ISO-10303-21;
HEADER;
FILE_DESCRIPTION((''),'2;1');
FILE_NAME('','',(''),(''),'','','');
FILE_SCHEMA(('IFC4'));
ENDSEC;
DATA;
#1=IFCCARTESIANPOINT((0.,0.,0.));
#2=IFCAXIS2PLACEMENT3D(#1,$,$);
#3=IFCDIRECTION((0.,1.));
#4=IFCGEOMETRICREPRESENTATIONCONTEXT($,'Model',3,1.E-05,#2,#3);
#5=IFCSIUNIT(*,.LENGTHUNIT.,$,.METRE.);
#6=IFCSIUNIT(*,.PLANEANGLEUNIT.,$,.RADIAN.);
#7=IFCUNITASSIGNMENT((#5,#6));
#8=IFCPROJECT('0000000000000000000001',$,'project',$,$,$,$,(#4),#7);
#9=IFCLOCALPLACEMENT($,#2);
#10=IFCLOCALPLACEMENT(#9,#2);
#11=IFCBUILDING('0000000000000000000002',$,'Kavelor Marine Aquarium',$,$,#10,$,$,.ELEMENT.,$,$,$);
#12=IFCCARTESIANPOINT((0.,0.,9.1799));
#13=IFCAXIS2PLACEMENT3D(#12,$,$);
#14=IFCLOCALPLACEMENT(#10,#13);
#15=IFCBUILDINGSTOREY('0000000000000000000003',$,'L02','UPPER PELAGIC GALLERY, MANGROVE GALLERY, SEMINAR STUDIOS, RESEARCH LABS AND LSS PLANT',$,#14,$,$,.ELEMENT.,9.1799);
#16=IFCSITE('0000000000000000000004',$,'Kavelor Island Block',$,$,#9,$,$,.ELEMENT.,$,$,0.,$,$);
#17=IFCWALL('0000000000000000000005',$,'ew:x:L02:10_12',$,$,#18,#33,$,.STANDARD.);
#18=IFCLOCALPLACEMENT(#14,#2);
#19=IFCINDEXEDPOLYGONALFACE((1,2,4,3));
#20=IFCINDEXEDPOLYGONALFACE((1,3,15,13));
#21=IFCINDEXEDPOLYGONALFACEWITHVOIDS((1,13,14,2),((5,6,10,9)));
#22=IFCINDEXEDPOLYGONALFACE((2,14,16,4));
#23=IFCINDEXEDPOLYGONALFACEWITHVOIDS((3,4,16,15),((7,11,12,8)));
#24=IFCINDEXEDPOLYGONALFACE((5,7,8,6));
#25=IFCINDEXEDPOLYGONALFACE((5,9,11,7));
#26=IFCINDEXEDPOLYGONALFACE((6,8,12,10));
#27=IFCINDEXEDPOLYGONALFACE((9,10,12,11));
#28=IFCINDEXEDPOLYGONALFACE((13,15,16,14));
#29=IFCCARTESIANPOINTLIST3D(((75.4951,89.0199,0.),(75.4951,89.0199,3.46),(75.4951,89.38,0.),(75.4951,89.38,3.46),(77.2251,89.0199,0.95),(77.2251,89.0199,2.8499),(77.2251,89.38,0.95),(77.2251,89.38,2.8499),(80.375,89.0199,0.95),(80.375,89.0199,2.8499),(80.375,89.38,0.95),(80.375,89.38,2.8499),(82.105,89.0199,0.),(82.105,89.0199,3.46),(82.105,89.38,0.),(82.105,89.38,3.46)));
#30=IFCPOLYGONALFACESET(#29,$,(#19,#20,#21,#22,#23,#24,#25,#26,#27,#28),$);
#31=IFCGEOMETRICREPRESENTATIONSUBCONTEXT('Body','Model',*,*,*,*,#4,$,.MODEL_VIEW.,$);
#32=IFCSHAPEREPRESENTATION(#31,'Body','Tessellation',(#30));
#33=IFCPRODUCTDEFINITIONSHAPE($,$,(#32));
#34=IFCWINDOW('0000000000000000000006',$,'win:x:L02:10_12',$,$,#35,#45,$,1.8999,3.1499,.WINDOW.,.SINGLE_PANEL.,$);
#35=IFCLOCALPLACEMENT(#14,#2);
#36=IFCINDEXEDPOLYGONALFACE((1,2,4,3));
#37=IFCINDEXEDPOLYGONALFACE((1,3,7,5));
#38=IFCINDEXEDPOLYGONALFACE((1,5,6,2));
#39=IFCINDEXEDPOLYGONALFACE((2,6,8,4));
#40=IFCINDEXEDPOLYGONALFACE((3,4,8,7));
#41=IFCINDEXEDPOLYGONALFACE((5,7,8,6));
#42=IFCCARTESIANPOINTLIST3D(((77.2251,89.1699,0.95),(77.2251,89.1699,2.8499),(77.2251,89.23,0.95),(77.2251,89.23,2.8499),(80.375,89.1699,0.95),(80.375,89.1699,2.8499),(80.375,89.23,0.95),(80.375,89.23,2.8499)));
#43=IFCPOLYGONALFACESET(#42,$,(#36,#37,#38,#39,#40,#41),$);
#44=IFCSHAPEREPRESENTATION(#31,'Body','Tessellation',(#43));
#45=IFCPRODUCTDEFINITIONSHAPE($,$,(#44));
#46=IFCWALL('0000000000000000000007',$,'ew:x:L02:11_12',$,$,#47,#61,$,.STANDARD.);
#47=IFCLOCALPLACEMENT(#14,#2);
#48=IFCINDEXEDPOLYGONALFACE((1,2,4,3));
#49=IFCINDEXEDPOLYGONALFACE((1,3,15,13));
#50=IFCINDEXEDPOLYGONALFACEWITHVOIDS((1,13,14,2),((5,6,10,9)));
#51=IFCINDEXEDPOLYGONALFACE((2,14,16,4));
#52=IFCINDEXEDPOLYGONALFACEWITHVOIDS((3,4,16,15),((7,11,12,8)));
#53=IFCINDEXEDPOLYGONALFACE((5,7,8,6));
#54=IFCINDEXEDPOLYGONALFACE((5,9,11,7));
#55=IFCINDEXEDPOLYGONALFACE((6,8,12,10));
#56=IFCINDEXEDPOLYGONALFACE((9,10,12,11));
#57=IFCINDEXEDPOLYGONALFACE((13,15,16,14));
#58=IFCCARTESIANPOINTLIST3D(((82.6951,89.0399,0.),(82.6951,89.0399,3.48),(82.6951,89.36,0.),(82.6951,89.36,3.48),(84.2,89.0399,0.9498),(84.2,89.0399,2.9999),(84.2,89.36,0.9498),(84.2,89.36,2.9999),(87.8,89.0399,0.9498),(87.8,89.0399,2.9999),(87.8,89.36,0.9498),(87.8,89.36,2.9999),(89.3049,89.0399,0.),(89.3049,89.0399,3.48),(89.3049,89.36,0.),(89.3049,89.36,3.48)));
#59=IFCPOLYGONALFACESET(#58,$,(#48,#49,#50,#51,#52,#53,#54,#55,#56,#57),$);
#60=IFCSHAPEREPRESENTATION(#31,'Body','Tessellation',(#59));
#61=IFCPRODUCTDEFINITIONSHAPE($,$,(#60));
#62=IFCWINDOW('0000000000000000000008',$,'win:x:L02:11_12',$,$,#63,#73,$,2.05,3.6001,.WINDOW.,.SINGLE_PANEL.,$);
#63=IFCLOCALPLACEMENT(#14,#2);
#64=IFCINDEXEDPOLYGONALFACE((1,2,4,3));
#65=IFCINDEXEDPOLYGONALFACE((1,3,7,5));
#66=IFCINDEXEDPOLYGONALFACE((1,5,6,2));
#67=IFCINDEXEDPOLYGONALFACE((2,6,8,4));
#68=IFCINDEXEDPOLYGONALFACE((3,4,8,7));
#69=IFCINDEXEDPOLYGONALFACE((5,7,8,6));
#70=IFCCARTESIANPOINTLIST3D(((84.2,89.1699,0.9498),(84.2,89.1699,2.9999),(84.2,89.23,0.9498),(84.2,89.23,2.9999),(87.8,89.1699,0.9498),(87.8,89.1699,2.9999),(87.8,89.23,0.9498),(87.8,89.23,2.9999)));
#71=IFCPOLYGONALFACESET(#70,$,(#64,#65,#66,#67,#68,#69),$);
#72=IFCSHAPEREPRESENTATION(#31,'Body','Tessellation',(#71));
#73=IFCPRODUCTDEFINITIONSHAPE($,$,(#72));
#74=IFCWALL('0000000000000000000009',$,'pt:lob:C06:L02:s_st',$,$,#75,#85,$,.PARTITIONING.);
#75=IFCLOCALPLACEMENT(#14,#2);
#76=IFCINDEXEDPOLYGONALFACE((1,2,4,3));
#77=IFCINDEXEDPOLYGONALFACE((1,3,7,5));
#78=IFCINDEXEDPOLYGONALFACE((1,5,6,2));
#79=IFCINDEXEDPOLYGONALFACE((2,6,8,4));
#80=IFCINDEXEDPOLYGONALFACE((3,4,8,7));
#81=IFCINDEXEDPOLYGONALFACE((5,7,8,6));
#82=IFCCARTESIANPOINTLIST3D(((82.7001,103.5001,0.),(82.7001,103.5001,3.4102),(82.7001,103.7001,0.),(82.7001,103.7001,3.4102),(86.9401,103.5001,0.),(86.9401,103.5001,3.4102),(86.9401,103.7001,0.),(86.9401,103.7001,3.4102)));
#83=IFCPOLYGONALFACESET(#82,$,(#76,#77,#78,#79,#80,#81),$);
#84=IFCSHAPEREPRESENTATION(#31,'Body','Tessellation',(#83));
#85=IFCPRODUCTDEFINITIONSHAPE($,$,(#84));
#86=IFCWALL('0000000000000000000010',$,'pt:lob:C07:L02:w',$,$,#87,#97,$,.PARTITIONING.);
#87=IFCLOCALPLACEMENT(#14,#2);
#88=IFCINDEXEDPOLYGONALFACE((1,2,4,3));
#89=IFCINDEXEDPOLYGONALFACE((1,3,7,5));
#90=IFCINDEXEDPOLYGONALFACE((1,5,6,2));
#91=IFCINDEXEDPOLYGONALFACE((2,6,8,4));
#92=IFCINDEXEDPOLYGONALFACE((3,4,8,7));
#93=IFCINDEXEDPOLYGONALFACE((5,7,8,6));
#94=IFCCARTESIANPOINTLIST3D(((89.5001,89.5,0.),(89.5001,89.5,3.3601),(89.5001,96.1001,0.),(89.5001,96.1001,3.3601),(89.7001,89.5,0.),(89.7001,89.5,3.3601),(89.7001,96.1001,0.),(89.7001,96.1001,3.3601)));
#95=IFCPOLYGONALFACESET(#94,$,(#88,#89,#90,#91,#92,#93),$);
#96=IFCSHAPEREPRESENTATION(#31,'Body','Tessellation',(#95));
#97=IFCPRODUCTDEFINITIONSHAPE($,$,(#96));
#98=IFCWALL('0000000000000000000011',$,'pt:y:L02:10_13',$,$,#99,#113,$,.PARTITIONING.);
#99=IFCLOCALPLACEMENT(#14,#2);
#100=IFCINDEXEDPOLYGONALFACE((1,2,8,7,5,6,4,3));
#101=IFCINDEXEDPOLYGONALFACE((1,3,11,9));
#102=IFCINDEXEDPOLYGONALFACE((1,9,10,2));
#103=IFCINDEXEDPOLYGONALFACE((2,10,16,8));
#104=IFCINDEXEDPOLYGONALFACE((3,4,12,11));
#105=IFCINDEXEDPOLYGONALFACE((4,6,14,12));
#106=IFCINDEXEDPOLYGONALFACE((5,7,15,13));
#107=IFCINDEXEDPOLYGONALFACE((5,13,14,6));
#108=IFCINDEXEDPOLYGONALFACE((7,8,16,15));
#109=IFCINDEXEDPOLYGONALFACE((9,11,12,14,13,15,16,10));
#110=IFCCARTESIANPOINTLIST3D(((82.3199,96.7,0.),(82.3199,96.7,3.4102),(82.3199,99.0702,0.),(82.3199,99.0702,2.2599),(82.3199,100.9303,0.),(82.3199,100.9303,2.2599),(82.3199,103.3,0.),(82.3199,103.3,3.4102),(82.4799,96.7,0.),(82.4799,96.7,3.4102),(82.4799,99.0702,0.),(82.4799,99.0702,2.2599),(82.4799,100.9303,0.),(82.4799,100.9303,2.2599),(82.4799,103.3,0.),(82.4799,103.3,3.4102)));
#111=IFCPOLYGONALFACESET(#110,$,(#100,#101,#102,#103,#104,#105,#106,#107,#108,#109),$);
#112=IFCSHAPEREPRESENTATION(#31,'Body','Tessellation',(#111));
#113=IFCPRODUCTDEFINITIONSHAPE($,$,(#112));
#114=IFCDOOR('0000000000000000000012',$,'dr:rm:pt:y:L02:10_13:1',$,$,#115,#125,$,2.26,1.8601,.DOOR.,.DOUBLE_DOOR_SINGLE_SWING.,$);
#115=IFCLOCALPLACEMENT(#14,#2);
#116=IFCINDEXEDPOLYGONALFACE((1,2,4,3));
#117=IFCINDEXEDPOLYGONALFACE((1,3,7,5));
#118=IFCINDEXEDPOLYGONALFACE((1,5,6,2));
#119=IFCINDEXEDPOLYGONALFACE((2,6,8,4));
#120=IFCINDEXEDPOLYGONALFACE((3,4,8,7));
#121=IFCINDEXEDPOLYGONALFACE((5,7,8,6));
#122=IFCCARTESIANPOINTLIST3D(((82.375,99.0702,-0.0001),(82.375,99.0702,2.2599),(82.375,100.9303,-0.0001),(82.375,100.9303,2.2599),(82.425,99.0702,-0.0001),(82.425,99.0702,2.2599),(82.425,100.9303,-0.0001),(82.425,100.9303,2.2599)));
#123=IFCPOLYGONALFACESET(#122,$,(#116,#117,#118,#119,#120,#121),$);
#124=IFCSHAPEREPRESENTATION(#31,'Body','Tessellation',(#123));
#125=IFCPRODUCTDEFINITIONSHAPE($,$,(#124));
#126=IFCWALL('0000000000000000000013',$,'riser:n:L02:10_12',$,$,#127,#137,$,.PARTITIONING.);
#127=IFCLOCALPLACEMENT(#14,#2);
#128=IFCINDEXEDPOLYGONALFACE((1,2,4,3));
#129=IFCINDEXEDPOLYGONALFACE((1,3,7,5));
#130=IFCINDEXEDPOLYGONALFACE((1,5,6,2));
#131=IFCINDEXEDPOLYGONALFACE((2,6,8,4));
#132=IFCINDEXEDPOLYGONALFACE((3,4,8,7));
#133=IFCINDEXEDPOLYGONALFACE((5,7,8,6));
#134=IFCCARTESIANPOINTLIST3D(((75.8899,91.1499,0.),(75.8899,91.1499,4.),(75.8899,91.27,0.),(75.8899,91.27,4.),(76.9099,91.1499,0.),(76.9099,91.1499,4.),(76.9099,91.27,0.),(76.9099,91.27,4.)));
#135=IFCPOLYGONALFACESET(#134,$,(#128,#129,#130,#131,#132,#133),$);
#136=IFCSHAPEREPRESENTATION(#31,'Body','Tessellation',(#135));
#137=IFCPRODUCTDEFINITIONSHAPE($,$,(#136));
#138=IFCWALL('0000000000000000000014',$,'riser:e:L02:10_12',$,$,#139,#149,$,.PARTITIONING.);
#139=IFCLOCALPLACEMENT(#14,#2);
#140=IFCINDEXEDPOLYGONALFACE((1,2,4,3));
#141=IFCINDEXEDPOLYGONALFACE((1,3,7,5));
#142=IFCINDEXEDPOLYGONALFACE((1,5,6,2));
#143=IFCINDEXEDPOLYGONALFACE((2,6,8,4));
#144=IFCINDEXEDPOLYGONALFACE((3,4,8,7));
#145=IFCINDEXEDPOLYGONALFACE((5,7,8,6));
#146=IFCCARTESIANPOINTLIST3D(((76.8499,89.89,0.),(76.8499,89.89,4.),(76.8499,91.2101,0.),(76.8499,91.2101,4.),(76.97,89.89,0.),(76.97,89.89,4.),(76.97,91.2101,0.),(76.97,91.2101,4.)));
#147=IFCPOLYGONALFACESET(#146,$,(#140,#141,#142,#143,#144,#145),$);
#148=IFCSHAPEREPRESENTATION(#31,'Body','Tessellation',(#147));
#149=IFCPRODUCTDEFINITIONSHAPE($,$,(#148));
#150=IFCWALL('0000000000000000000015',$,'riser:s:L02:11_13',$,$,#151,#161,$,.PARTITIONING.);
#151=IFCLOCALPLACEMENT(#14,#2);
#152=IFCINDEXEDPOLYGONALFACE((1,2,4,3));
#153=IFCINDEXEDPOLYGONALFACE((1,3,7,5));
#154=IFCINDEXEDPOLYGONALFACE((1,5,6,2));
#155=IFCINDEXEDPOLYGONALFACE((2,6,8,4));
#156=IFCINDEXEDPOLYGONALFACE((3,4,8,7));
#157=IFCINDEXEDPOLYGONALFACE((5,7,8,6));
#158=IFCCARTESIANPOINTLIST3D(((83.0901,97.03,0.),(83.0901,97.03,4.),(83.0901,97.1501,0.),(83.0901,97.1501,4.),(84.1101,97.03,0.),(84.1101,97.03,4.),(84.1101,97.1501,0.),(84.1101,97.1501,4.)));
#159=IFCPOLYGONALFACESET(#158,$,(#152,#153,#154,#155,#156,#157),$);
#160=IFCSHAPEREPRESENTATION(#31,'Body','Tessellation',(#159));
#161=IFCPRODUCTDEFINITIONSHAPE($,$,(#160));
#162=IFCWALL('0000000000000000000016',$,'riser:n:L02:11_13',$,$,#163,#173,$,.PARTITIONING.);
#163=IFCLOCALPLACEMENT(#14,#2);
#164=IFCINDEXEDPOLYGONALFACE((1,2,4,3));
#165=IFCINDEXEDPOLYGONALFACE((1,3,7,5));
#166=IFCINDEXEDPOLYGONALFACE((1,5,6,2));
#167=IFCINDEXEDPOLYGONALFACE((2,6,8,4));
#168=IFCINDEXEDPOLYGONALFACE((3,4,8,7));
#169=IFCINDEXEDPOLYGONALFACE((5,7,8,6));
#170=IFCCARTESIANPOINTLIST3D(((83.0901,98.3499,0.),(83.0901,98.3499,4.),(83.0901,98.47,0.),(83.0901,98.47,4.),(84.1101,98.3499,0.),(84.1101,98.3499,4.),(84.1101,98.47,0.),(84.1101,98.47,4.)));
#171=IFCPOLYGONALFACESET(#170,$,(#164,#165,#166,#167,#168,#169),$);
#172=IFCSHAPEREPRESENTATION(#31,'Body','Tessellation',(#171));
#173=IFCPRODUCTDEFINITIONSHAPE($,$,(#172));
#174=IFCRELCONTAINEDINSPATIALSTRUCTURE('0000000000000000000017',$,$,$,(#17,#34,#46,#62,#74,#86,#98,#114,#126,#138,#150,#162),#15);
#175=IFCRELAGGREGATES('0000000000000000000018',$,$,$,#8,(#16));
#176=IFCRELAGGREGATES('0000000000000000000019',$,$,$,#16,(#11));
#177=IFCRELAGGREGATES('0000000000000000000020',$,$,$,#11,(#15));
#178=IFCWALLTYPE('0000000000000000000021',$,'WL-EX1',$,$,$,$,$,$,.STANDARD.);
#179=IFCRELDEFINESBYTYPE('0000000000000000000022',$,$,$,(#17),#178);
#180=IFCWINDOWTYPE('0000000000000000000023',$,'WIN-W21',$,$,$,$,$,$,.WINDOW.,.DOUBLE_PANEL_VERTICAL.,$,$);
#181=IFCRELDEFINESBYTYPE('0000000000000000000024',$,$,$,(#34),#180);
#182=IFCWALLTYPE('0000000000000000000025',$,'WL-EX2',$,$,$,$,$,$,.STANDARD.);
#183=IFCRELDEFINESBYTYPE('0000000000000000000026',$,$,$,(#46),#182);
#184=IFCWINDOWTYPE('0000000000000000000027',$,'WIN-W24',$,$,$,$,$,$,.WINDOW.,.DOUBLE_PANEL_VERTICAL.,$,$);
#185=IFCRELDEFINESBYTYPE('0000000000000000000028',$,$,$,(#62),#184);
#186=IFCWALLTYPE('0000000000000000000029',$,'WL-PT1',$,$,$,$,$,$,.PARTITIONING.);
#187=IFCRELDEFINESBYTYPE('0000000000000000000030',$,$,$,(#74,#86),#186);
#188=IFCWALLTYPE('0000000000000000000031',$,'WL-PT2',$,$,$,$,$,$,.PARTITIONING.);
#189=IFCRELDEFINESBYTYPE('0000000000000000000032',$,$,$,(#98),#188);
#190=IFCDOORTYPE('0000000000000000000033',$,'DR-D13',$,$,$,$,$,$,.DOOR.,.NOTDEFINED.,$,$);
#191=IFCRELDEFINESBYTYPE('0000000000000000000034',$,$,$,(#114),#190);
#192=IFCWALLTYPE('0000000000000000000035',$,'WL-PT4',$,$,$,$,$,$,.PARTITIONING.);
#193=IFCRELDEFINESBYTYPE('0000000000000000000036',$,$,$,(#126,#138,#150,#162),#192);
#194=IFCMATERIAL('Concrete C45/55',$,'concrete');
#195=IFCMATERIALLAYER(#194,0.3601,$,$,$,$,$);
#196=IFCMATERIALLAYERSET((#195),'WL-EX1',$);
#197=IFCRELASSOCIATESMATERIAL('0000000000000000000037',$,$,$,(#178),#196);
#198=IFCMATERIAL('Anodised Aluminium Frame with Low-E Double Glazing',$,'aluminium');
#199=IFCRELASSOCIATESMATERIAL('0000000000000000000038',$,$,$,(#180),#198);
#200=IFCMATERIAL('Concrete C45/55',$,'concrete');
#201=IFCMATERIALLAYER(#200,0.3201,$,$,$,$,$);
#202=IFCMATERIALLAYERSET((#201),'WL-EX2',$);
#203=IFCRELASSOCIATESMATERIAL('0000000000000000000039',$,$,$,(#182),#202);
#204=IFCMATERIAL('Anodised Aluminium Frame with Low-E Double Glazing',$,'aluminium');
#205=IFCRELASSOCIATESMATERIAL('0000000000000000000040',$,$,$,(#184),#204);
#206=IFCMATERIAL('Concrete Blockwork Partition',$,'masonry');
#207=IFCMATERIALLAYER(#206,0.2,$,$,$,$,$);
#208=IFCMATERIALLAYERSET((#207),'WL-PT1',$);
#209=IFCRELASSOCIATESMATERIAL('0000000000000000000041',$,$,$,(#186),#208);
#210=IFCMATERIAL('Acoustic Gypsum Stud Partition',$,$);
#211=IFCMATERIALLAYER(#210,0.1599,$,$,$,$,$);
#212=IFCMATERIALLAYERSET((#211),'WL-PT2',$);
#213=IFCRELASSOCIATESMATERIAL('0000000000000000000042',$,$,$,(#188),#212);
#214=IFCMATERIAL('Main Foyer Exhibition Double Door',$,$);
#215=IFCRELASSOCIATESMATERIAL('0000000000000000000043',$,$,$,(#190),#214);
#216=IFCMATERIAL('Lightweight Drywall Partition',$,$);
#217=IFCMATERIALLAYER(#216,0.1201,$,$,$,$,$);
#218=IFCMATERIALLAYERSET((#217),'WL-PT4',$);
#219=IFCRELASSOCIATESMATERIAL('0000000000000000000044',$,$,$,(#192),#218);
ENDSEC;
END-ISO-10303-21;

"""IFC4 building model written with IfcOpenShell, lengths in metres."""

from ifc_helpers import new_model, si_unit, direction, frame, frame_2d, origin, place, context, subcontext, project, spatial, rectangle, extrude, material, layer, layer_set, type_object, element, fill, save


model = new_model("IFC4")

# Units and contexts
model_context = context("Model", 3, precision=1e-05, world=origin(), true_north=direction((0.0, 1.0)))
body_context = subcontext(model_context, "Body", "Model", "MODEL_VIEW")
ifc_project = project(units=[si_unit("LENGTHUNIT", "METRE"), si_unit("PLANEANGLEUNIT", "RADIAN")], contexts=[model_context])

# Site, building, storey
site_placement = place(None, origin())
site = spatial("IfcSite", under=ifc_project, at=site_placement, Name="Kavelor Island Block", CompositionType="ELEMENT", RefElevation=0.0)
building_placement = place(site_placement, origin())
building = spatial("IfcBuilding", under=site, at=building_placement, Name="Kavelor Marine Aquarium", CompositionType="ELEMENT")
storey_placement = place(building_placement, frame((0.0, 0.0, 9.1799)))
storey = spatial("IfcBuildingStorey", under=building, at=storey_placement, Name="L02", Description="UPPER PELAGIC GALLERY, MANGROVE GALLERY, SEMINAR STUDIOS, RESEARCH LABS AND LSS PLANT", CompositionType="ELEMENT", Elevation=9.1799)

# Walls, openings, windows
ifc_material_1 = material(Name="Concrete C45/55", Category="concrete")
ifc_layer_1 = layer(ifc_material_1, 0.3601)
ifc_layer_set_1 = layer_set([ifc_layer_1], Name="WL-EX1")
wall_type_1 = type_object("IfcWallType", Name="WL-EX1", PredefinedType="STANDARD", material=ifc_layer_set_1)
wall_1_placement = place(storey_placement, frame((82.105, 89.2, 0.0), z_axis=(0.0, 0.0, 1.0), x_axis=(-1.0, 0.0, 0.0)))
wall_1 = element("IfcWall", 1, at=wall_1_placement, inside=storey, type_object=wall_type_1, Name="ew:x:L02:10_12", PredefinedType="STANDARD", context=body_context, shape_type="SweptSolid", body=[
    extrude(rectangle(XDim=6.6099, YDim=0.3601, at=frame_2d((3.3049, 0.0))), origin(), (0.0, 0.0, 1.0), 3.46),
])
opening_1_placement = place(wall_1_placement, frame((1.73, 0.0, 0.95)))
opening_1 = element("IfcOpeningElement", 2, at=opening_1_placement, cuts=wall_1, PredefinedType="OPENING", context=body_context, shape_type="SweptSolid", body=[
    extrude(rectangle(XDim=3.1499, YDim=1.8999, at=frame_2d((1.575, 0.95))), frame((0.0, 0.1899, 0.0), z_axis=(0.0, -1.0, 0.0), x_axis=(1.0, 0.0, 0.0)), (0.0, 0.0, 1.0), 0.3801),
])
ifc_material_2 = material(Name="Anodised Aluminium Frame with Low-E Double Glazing", Category="aluminium")
window_type_1 = type_object("IfcWindowType", Name="WIN-W21", PartitioningType="DOUBLE_PANEL_VERTICAL", PredefinedType="WINDOW", material=ifc_material_2)
window_1_placement = place(opening_1_placement, origin())
window_1 = element("IfcWindow", 3, at=window_1_placement, inside=storey, type_object=window_type_1, Name="win:x:L02:10_12", OverallHeight=1.8999, OverallWidth=3.1499, PartitioningType="SINGLE_PANEL", PredefinedType="WINDOW", context=body_context, shape_type="SweptSolid", body=[
    extrude(rectangle(XDim=3.1499, YDim=1.8999, at=frame_2d((1.575, 0.95))), frame((0.0, 0.03, 0.0), z_axis=(0.0, -1.0, 0.0), x_axis=(1.0, 0.0, 0.0)), (0.0, 0.0, 1.0), 0.0601),
])
fill(opening_1, window_1)
ifc_material_3 = material(Name="Concrete C45/55", Category="concrete")
ifc_layer_2 = layer(ifc_material_3, 0.3201)
ifc_layer_set_2 = layer_set([ifc_layer_2], Name="WL-EX2")
wall_type_2 = type_object("IfcWallType", Name="WL-EX2", PredefinedType="STANDARD", material=ifc_layer_set_2)
wall_2_placement = place(storey_placement, frame((89.3049, 89.2, 0.0), z_axis=(0.0, 0.0, 1.0), x_axis=(-1.0, 0.0, 0.0)))
wall_2 = element("IfcWall", 4, at=wall_2_placement, inside=storey, type_object=wall_type_2, Name="ew:x:L02:11_12", PredefinedType="STANDARD", context=body_context, shape_type="SweptSolid", body=[
    extrude(rectangle(XDim=6.6099, YDim=0.3201, at=frame_2d((3.3049, 0.0))), origin(), (0.0, 0.0, 1.0), 3.48),
])
opening_2_placement = place(wall_2_placement, frame((1.5049, 0.0, 0.95)))
opening_2 = element("IfcOpeningElement", 5, at=opening_2_placement, cuts=wall_2, PredefinedType="OPENING", context=body_context, shape_type="SweptSolid", body=[
    extrude(rectangle(XDim=3.6001, YDim=2.05, at=frame_2d((1.8, 1.0249))), frame((0.0, 0.1699, 0.0), z_axis=(0.0, -1.0, 0.0), x_axis=(1.0, 0.0, 0.0)), (0.0, 0.0, 1.0), 0.3401),
])
ifc_material_4 = material(Name="Anodised Aluminium Frame with Low-E Double Glazing", Category="aluminium")
window_type_2 = type_object("IfcWindowType", Name="WIN-W24", PartitioningType="DOUBLE_PANEL_VERTICAL", PredefinedType="WINDOW", material=ifc_material_4)
window_2_placement = place(opening_2_placement, origin())
window_2 = element("IfcWindow", 6, at=window_2_placement, inside=storey, type_object=window_type_2, Name="win:x:L02:11_12", OverallHeight=2.05, OverallWidth=3.6001, PartitioningType="SINGLE_PANEL", PredefinedType="WINDOW", context=body_context, shape_type="SweptSolid", body=[
    extrude(rectangle(XDim=3.6001, YDim=2.05, at=frame_2d((1.8, 1.0249))), frame((0.0, 0.03, 0.0), z_axis=(0.0, -1.0, 0.0), x_axis=(1.0, 0.0, 0.0)), (0.0, 0.0, 1.0), 0.0601),
])
fill(opening_2, window_2)

# Walls
ifc_material_5 = material(Name="Concrete Blockwork Partition", Category="masonry")
ifc_layer_3 = layer(ifc_material_5, 0.2)
ifc_layer_set_3 = layer_set([ifc_layer_3], Name="WL-PT1")
wall_type_3 = type_object("IfcWallType", Name="WL-PT1", PredefinedType="PARTITIONING", material=ifc_layer_set_3)
wall_3_placement = place(storey_placement, frame((82.7, 103.6001, 0.0), z_axis=(0.0, 0.0, 1.0), x_axis=(1.0, 0.0, 0.0)))
element("IfcWall", 7, at=wall_3_placement, inside=storey, type_object=wall_type_3, Name="pt:lob:C06:L02:s_st", PredefinedType="PARTITIONING", context=body_context, shape_type="SweptSolid", body=[
    extrude(rectangle(XDim=4.24, YDim=0.2, at=frame_2d((2.1201, 0.0))), origin(), (0.0, 0.0, 1.0), 3.4102),
])
wall_4_placement = place(storey_placement, frame((89.6001, 89.5, 0.0), z_axis=(0.0, 0.0, 1.0), x_axis=(0.0, 1.0, 0.0)))
element("IfcWall", 8, at=wall_4_placement, inside=storey, type_object=wall_type_3, Name="pt:lob:C07:L02:w", PredefinedType="PARTITIONING", context=body_context, shape_type="SweptSolid", body=[
    extrude(rectangle(XDim=6.6001, YDim=0.2, at=frame_2d((3.3, 0.0))), origin(), (0.0, 0.0, 1.0), 3.3601),
])

# Wall, opening, door
ifc_material_6 = material(Name="Acoustic Gypsum Stud Partition")
ifc_layer_4 = layer(ifc_material_6, 0.1599)
ifc_layer_set_4 = layer_set([ifc_layer_4], Name="WL-PT2")
wall_type_4 = type_object("IfcWallType", Name="WL-PT2", PredefinedType="PARTITIONING", material=ifc_layer_set_4)
wall_5_placement = place(storey_placement, frame((82.3999, 96.7, 0.0), z_axis=(0.0, 0.0, 1.0), x_axis=(0.0, 1.0, 0.0)))
wall_5 = element("IfcWall", 9, at=wall_5_placement, inside=storey, type_object=wall_type_4, Name="pt:y:L02:10_13", PredefinedType="PARTITIONING", context=body_context, shape_type="SweptSolid", body=[
    extrude(rectangle(XDim=6.6001, YDim=0.1599, at=frame_2d((3.3, 0.0))), origin(), (0.0, 0.0, 1.0), 3.4102),
])
opening_3_placement = place(wall_5_placement, frame((2.3701, 0.0, 0.0)))
opening_3 = element("IfcOpeningElement", 10, at=opening_3_placement, cuts=wall_5, PredefinedType="OPENING", context=body_context, shape_type="SweptSolid", body=[
    extrude(rectangle(XDim=1.8601, YDim=2.26, at=frame_2d((0.9302, 1.1299))), frame((0.0, 0.0898, 0.0), z_axis=(0.0, -1.0, 0.0), x_axis=(1.0, 0.0, 0.0)), (0.0, 0.0, 1.0), 0.1799),
])
ifc_material_7 = material(Name="Main Foyer Exhibition Double Door")
door_type = type_object("IfcDoorType", Name="DR-D13", OperationType="NOTDEFINED", PredefinedType="DOOR", material=ifc_material_7)
door_placement = place(opening_3_placement, origin())
door = element("IfcDoor", 11, at=door_placement, inside=storey, type_object=door_type, Name="dr:rm:pt:y:L02:10_13:1", OperationType="DOUBLE_DOOR_SINGLE_SWING", OverallHeight=2.26, OverallWidth=1.8601, PredefinedType="DOOR", context=body_context, shape_type="SweptSolid", body=[
    extrude(rectangle(XDim=1.8601, YDim=2.26, at=frame_2d((0.9302, 1.1299))), frame((0.0, 0.0249, 0.0), z_axis=(0.0, -1.0, 0.0), x_axis=(1.0, 0.0, 0.0)), (0.0, 0.0, 1.0), 0.05),
])
fill(opening_3, door)

# Walls
ifc_material_8 = material(Name="Lightweight Drywall Partition")
ifc_layer_5 = layer(ifc_material_8, 0.1201)
ifc_layer_set_5 = layer_set([ifc_layer_5], Name="WL-PT4")
wall_type_5 = type_object("IfcWallType", Name="WL-PT4", PredefinedType="PARTITIONING", material=ifc_layer_set_5)
wall_6_placement = place(storey_placement, frame((75.8899, 91.21, 0.0), z_axis=(0.0, 0.0, 1.0), x_axis=(1.0, 0.0, 0.0)))
element("IfcWall", 12, at=wall_6_placement, inside=storey, type_object=wall_type_5, Name="riser:n:L02:10_12", PredefinedType="PARTITIONING", context=body_context, shape_type="SweptSolid", body=[
    extrude(rectangle(XDim=1.02, YDim=0.1201, at=frame_2d((0.51, 0.0))), origin(), (0.0, 0.0, 1.0), 4.0),
])
wall_7_placement = place(storey_placement, frame((76.9099, 89.8899, 0.0), z_axis=(0.0, 0.0, 1.0), x_axis=(0.0, 1.0, 0.0)))
element("IfcWall", 13, at=wall_7_placement, inside=storey, type_object=wall_type_5, Name="riser:e:L02:10_12", PredefinedType="PARTITIONING", context=body_context, shape_type="SweptSolid", body=[
    extrude(rectangle(XDim=1.3201, YDim=0.1201, at=frame_2d((0.6602, 0.0))), origin(), (0.0, 0.0, 1.0), 4.0),
])
for number, where, z_axis, x_axis, name in (
    (14, (83.0901, 97.0901, 0.0), (0.0, 0.0, 1.0), (1.0, 0.0, 0.0), "riser:s:L02:11_13"),
    (15, (83.0901, 98.4099, 0.0), (0.0, 0.0, 1.0), (1.0, 0.0, 0.0), "riser:n:L02:11_13"),
):
    element("IfcWall", number, at=place(storey_placement, frame(where, z_axis=z_axis, x_axis=x_axis)), inside=storey, type_object=wall_type_5, Name=name, PredefinedType="PARTITIONING", context=body_context, shape_type="SweptSolid", body=[
        extrude(rectangle(XDim=1.02, YDim=0.1201, at=frame_2d((0.51, 0.0))), origin(), (0.0, 0.0, 1.0), 4.0),
    ])

save(model, "model.ifc")
